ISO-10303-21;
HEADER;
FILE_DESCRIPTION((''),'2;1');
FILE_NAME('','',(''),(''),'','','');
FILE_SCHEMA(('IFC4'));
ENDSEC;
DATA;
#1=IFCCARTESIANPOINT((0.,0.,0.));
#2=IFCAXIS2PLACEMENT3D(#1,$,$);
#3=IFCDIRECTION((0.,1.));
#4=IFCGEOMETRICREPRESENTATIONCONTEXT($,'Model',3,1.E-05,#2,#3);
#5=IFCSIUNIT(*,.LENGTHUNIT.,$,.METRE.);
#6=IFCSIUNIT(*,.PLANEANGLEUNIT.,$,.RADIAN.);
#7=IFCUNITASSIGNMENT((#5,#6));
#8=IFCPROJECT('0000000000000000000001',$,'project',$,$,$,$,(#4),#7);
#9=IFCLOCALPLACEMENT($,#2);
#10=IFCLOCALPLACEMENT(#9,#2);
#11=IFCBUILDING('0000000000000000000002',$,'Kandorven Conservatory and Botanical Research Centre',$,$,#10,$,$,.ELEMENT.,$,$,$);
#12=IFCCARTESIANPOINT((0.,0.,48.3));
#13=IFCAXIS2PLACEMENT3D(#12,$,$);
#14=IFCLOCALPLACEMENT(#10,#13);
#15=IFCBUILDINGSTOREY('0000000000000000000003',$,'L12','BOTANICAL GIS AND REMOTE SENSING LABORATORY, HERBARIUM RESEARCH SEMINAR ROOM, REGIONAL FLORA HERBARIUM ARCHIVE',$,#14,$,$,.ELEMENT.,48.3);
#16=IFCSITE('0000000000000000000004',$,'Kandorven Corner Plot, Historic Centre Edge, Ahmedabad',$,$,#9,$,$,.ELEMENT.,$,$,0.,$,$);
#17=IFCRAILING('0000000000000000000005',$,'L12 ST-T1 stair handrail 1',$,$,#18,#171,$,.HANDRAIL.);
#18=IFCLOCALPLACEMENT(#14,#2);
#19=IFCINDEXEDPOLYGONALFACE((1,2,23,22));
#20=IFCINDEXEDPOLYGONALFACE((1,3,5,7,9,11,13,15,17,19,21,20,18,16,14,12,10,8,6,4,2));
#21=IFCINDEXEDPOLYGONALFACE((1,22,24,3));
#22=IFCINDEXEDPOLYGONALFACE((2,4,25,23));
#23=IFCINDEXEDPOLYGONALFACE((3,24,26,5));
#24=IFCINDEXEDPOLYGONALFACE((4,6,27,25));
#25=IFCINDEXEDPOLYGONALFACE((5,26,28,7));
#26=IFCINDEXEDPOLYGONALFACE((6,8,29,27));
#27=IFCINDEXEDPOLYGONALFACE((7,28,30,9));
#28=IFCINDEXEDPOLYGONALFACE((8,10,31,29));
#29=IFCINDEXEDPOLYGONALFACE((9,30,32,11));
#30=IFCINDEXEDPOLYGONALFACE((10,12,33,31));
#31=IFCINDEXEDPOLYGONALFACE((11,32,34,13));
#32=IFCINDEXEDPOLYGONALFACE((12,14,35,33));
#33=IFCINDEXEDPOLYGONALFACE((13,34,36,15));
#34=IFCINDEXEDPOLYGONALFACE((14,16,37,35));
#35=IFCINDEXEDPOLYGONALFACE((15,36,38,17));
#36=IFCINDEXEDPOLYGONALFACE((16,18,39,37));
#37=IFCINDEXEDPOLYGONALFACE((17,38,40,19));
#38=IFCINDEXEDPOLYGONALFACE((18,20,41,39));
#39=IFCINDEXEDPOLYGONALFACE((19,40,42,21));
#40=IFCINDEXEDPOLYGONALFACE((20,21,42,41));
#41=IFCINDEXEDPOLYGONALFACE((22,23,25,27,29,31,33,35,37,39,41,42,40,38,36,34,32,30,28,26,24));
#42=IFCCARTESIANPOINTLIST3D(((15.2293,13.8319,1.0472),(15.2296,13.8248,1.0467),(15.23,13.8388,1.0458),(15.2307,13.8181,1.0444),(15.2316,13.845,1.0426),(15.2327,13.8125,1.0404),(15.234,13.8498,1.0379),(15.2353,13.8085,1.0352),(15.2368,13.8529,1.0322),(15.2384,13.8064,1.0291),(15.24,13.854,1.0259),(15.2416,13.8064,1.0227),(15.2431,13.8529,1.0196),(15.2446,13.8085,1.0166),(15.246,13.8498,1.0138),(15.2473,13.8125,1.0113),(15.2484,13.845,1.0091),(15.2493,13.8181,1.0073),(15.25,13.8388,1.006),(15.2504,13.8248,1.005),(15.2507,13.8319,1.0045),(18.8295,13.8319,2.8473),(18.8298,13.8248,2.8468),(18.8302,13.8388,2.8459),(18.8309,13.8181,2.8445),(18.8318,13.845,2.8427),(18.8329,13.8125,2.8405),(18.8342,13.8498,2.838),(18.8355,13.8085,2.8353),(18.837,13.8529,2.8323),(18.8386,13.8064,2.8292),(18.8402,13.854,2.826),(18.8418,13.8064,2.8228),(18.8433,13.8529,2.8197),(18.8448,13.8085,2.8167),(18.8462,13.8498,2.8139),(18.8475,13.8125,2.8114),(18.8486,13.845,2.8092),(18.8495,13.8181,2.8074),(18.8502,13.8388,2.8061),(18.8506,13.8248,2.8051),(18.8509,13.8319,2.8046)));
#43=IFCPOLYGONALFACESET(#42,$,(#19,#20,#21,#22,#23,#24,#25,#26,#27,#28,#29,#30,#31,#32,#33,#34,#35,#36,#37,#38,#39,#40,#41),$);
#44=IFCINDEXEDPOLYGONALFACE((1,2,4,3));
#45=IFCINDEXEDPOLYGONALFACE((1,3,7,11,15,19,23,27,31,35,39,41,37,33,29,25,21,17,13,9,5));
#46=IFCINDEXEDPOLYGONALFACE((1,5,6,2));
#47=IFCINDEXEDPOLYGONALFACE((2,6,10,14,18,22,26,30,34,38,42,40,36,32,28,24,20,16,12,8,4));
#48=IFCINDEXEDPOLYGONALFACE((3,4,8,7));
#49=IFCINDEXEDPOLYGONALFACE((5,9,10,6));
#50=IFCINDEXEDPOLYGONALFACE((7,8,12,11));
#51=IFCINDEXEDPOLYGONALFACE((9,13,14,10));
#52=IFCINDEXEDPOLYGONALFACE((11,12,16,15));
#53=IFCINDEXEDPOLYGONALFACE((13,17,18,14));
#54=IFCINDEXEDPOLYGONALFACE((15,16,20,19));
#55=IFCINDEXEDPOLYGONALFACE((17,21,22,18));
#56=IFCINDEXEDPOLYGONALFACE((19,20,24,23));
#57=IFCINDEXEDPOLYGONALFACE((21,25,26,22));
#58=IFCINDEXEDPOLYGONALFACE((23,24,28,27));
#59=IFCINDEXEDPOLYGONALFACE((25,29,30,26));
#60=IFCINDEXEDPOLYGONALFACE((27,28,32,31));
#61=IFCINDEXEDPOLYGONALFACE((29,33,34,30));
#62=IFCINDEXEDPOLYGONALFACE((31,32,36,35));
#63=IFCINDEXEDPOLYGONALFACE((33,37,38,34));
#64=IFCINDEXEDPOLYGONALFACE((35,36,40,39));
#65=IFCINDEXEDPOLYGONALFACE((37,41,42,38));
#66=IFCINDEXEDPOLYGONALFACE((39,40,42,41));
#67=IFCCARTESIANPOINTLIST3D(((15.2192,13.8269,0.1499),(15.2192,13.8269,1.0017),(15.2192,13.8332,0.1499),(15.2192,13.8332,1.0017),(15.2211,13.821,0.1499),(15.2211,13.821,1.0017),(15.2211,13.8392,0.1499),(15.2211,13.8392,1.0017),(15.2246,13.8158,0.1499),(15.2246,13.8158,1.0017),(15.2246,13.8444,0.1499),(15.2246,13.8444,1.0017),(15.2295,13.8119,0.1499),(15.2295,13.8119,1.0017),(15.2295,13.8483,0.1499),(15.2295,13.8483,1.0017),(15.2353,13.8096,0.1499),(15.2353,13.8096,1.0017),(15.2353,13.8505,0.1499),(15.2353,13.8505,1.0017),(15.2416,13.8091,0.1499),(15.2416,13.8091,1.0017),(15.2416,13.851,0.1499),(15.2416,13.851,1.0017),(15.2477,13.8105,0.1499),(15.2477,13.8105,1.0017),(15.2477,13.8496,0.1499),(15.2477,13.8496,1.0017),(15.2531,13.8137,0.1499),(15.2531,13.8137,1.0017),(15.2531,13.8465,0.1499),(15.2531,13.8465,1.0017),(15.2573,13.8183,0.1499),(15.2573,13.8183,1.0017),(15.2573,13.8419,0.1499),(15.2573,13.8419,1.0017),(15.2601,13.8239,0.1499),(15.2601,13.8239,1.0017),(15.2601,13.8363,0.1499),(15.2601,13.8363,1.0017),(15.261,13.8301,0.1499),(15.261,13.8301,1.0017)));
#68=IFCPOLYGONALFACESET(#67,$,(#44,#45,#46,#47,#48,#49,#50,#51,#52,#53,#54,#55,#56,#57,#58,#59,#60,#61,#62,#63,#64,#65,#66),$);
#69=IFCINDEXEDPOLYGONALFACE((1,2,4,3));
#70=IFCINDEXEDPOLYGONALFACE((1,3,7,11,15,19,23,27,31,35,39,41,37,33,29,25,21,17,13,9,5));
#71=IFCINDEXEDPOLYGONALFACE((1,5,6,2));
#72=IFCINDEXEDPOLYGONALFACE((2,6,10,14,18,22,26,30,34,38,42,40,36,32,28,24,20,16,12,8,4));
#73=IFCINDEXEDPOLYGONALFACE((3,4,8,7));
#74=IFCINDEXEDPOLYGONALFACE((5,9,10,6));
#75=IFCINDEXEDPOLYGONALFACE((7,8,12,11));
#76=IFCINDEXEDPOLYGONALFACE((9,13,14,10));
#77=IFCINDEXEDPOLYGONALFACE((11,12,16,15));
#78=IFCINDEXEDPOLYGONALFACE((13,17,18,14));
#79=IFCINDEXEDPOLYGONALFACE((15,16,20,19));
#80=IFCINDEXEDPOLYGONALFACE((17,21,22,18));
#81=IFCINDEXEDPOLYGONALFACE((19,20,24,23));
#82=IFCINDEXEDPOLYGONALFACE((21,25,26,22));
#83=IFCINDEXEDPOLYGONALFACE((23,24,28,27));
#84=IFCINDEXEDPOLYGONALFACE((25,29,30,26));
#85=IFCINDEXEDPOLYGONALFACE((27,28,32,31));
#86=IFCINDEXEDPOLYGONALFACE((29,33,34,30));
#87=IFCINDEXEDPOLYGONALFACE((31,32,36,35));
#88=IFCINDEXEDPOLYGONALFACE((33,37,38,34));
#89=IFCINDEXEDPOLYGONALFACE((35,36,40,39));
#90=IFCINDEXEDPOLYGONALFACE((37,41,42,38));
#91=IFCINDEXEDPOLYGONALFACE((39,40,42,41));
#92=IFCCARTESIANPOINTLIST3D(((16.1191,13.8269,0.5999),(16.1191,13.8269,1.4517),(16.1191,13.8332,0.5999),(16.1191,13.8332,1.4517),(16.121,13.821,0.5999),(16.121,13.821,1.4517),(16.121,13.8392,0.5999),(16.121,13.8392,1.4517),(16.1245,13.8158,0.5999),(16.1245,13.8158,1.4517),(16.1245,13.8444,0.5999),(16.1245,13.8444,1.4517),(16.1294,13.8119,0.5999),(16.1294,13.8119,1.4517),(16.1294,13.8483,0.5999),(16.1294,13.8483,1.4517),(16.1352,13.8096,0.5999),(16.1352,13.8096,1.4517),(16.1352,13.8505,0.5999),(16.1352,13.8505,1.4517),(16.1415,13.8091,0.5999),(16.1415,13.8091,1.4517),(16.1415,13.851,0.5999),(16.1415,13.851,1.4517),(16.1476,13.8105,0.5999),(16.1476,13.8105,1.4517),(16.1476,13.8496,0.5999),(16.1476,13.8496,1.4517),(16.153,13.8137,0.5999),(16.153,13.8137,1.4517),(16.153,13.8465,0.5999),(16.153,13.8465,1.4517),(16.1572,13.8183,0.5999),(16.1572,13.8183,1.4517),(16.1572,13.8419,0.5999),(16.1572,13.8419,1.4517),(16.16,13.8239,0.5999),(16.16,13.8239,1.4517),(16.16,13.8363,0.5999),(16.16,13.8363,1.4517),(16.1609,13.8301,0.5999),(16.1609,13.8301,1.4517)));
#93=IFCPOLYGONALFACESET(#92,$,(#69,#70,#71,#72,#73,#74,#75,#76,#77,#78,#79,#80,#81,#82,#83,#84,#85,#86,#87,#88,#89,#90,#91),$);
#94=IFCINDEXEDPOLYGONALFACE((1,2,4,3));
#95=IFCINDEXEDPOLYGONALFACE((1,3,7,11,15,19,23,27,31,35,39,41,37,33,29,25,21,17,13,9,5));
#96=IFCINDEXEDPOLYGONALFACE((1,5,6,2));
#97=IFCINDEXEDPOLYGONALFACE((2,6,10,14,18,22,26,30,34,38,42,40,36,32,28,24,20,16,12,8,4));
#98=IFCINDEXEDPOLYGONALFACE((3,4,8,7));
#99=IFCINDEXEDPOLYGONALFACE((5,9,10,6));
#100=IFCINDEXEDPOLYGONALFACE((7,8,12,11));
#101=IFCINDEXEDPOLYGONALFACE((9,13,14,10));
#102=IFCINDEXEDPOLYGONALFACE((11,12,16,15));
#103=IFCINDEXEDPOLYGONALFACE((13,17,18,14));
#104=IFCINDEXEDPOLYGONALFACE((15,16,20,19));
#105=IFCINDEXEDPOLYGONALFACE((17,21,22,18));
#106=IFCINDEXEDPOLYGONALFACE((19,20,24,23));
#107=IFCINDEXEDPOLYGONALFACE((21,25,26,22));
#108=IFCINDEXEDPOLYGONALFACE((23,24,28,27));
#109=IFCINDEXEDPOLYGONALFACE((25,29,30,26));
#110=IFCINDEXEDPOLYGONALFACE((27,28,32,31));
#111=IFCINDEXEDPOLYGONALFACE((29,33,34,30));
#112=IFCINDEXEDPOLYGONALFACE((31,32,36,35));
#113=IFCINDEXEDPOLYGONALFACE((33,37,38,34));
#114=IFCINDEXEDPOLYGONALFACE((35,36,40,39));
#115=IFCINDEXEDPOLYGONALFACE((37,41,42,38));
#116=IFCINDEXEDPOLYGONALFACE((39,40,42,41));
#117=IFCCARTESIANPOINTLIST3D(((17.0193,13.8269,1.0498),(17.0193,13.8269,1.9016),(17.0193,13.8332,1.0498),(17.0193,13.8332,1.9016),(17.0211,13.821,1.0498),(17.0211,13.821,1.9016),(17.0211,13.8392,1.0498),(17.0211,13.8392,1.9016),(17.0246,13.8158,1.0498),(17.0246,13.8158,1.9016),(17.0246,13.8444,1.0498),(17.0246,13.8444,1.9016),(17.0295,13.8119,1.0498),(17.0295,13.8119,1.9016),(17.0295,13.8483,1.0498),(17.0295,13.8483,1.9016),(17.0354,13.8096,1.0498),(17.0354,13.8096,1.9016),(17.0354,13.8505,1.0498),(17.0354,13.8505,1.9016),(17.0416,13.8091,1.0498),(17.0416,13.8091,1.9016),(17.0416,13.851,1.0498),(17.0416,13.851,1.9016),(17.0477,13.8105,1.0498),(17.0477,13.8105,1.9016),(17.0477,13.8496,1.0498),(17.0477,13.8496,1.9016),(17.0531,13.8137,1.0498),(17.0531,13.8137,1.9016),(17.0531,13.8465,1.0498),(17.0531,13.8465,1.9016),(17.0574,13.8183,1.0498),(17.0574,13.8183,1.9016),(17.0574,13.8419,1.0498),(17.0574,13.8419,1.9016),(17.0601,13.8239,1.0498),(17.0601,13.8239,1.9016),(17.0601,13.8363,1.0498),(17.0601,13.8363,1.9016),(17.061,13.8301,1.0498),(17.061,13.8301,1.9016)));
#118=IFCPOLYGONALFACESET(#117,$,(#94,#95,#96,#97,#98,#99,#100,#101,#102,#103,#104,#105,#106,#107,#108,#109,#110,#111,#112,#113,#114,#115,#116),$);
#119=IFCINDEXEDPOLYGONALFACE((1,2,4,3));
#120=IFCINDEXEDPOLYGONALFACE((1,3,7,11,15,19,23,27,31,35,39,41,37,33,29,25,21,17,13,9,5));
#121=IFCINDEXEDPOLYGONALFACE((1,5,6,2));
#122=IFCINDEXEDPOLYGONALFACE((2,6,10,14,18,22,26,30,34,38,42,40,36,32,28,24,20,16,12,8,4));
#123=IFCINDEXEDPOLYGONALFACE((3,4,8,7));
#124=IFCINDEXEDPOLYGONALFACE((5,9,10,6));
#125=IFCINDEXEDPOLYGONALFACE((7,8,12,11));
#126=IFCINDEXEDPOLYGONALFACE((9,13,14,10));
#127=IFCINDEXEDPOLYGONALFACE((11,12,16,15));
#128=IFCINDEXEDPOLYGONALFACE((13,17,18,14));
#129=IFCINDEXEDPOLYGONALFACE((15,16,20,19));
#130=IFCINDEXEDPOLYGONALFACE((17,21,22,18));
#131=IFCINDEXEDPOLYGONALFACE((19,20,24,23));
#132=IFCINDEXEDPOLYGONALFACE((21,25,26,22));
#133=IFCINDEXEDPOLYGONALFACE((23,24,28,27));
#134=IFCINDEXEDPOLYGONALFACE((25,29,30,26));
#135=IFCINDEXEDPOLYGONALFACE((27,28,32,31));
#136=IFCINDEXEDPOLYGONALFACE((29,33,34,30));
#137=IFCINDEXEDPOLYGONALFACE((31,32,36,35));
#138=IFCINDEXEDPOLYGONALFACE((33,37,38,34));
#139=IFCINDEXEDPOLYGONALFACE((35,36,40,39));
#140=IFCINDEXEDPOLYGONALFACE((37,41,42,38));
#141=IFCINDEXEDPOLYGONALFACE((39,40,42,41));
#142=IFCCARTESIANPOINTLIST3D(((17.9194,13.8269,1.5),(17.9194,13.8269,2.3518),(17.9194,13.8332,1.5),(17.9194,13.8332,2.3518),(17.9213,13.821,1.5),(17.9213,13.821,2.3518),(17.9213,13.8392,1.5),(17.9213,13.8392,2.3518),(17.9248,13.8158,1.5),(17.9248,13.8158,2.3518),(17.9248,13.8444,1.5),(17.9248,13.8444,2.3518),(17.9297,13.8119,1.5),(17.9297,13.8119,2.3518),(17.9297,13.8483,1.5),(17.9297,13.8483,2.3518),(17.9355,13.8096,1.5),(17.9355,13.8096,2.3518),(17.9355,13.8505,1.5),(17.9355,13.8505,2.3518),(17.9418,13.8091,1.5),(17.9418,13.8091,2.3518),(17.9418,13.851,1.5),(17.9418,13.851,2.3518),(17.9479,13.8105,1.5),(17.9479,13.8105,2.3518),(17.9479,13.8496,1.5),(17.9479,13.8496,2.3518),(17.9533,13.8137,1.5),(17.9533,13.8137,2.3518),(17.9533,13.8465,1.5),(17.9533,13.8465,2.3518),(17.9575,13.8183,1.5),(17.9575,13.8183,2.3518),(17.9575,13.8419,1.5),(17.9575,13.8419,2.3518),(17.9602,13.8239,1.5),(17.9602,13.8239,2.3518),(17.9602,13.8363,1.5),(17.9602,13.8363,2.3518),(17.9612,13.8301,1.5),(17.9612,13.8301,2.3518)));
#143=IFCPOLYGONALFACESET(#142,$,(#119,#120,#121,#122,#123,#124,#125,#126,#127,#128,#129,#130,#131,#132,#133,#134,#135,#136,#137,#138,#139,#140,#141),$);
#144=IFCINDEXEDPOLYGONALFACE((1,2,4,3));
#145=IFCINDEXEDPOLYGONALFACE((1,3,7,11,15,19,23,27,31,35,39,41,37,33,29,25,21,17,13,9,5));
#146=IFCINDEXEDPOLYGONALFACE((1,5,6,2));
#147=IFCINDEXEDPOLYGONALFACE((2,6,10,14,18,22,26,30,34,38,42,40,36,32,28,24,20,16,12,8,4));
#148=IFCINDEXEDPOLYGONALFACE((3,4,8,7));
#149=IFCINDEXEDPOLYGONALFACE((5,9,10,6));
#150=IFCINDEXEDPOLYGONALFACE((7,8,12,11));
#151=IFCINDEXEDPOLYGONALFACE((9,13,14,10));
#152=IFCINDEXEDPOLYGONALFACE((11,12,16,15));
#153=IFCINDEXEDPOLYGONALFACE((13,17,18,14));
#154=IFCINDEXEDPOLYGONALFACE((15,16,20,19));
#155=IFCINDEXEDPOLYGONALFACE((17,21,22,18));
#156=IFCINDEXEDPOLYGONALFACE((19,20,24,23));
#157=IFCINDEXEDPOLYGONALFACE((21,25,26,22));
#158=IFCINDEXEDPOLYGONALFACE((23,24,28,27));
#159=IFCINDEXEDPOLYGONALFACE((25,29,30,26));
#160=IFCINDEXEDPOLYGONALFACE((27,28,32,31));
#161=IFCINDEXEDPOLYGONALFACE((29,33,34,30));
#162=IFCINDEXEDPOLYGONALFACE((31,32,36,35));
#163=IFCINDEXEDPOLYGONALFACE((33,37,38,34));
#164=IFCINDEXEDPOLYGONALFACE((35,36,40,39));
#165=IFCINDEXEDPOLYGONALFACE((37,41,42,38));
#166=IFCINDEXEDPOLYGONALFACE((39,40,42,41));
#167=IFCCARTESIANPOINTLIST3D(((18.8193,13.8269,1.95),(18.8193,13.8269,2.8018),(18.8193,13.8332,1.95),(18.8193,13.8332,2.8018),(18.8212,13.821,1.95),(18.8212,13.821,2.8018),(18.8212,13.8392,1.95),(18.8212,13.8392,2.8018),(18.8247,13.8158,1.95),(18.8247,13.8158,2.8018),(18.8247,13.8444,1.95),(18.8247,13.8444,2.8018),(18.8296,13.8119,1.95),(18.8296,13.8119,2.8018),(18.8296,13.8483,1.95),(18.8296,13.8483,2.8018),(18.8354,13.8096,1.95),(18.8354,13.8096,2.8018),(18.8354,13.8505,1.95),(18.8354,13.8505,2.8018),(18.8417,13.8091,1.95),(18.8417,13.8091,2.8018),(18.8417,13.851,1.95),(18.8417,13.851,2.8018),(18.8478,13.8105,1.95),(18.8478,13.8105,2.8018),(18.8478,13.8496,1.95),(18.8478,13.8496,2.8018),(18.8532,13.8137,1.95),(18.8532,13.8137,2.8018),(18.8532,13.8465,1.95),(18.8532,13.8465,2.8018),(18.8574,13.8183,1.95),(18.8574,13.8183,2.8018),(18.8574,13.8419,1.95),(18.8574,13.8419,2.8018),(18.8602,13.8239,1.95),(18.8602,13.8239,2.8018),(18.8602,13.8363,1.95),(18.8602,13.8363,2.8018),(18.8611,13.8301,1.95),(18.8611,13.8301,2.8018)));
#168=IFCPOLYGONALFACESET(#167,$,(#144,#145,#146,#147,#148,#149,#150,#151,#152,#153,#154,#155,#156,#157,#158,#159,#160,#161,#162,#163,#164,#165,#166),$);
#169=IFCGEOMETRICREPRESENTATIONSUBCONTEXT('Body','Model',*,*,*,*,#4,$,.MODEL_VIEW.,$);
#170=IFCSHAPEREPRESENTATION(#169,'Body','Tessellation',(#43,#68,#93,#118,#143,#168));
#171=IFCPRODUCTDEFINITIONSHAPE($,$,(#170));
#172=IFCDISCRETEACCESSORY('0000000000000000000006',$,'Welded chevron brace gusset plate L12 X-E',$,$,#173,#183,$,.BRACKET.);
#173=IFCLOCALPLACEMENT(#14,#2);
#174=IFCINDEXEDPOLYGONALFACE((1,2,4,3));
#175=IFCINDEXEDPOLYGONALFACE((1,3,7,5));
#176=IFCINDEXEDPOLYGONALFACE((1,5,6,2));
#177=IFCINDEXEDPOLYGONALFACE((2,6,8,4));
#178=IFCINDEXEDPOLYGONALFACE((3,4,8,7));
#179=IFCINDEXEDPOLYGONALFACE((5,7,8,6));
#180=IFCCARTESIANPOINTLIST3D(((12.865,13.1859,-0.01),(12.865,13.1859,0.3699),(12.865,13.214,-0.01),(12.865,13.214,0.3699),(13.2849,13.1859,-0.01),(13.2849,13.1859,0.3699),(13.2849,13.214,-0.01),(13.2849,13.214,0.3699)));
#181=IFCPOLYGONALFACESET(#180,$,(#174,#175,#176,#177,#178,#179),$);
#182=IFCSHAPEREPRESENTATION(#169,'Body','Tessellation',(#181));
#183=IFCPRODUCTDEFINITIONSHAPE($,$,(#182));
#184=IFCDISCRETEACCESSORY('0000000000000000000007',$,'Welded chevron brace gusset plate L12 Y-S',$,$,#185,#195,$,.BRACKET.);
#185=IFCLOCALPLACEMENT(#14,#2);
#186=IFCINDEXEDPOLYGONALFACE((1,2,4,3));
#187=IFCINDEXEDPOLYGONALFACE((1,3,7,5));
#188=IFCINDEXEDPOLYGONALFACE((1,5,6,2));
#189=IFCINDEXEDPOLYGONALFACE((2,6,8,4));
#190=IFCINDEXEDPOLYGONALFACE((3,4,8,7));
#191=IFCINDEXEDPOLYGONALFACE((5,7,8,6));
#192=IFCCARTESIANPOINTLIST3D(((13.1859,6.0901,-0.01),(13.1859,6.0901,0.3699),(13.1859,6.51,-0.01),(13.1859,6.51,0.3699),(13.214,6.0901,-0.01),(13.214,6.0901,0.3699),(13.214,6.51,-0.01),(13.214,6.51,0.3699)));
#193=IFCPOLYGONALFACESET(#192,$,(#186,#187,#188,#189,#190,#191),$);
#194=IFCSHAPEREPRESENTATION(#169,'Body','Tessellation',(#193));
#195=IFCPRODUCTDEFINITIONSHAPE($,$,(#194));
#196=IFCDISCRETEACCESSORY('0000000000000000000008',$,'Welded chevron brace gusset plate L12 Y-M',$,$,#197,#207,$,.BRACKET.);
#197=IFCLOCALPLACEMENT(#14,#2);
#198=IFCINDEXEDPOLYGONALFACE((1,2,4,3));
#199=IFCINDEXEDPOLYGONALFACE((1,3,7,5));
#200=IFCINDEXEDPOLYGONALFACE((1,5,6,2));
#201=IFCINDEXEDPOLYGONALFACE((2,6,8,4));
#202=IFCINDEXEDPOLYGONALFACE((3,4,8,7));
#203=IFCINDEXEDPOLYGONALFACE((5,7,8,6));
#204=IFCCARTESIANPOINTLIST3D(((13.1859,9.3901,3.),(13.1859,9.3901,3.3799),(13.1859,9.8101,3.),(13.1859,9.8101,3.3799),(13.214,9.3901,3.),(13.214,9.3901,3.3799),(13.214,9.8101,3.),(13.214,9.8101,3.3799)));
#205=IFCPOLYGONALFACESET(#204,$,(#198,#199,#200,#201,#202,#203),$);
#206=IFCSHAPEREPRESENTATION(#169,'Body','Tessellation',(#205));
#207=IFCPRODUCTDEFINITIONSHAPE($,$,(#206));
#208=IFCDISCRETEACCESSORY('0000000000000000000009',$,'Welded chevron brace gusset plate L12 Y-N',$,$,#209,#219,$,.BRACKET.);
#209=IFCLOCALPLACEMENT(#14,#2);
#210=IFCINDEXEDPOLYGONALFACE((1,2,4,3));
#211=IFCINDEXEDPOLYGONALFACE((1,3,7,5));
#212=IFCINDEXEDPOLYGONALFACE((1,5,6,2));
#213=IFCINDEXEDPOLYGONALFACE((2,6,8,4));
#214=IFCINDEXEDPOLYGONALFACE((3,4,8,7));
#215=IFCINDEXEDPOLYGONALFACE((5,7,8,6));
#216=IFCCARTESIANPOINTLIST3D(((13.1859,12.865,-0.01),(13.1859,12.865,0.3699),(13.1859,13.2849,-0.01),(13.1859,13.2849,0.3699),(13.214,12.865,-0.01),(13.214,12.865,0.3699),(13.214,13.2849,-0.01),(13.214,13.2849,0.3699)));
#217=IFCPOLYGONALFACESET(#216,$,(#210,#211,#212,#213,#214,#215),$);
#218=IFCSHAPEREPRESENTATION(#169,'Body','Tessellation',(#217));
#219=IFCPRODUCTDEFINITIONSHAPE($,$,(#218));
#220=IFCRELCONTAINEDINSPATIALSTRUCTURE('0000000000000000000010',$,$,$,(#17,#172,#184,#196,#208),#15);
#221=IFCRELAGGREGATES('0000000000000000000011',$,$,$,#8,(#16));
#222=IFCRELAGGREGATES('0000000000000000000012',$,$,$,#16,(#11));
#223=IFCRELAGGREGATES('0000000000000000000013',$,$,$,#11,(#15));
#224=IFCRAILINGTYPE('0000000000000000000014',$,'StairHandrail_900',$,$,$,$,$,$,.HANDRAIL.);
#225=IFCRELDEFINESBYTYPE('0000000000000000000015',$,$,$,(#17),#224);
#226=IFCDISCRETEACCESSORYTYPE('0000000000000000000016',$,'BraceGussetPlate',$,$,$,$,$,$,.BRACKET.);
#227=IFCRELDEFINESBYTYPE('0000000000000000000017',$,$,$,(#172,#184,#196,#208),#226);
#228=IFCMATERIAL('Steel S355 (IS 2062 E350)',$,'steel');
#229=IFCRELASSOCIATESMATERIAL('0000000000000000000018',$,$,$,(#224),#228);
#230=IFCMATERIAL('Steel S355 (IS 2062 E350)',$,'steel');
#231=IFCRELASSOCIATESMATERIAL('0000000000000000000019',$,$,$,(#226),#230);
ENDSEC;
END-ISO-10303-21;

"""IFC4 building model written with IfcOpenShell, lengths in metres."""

from ifc_helpers import new_model, si_unit, direction, frame, origin, origin_2d, place, context, subcontext, project, spatial, rectangle, circle, extrude, material, type_object, element, save


model = new_model("IFC4")

# Units and contexts
model_context = context("Model", 3, precision=1e-05, world=origin(), true_north=direction((0.0, 1.0)))
body_context = subcontext(model_context, "Body", "Model", "MODEL_VIEW")
ifc_project = project(units=[si_unit("LENGTHUNIT", "METRE"), si_unit("PLANEANGLEUNIT", "RADIAN")], contexts=[model_context])

# Site, building, storey
site_placement = place(None, origin())
site = spatial("IfcSite", under=ifc_project, at=site_placement, Name="Kandorven Corner Plot, Historic Centre Edge, Ahmedabad", CompositionType="ELEMENT", RefElevation=0.0)
building_placement = place(site_placement, origin())
building = spatial("IfcBuilding", under=site, at=building_placement, Name="Kandorven Conservatory and Botanical Research Centre", CompositionType="ELEMENT")
storey_placement = place(building_placement, frame((0.0, 0.0, 48.3)))
storey = spatial("IfcBuildingStorey", under=building, at=storey_placement, Name="L12", Description="BOTANICAL GIS AND REMOTE SENSING LABORATORY, HERBARIUM RESEARCH SEMINAR ROOM, REGIONAL FLORA HERBARIUM ARCHIVE", CompositionType="ELEMENT", Elevation=48.3)

# Railing
ifc_material_1 = material(Name="Steel S355 (IS 2062 E350)", Category="steel")
railing_type_1 = type_object("IfcRailingType", Name="StairHandrail_900", PredefinedType="HANDRAIL", material=ifc_material_1)
railing_1_placement = place(storey_placement, frame((15.24, 13.8301, 0.1499)))
element("IfcRailing", 1, at=railing_1_placement, inside=storey, type_object=railing_type_1, Name="L12 ST-T1 stair handrail 1", PredefinedType="HANDRAIL", context=body_context, shape_type="SweptSolid", body=[
    extrude(circle(Radius=0.0239, at=origin_2d()), frame((0.0, 0.0, 0.876), z_axis=(0.894427, 0.0, 0.447214), x_axis=(0.0, 1.0, 0.0)), (0.0, 0.0, 1.0), 4.0251),
    extrude(circle(Radius=0.021, at=origin_2d()), origin(), (0.0, 0.0, 1.0), 0.8518),
    extrude(circle(Radius=0.021, at=origin_2d()), frame((0.8999, 0.0, 0.45)), (0.0, 0.0, 1.0), 0.8518),
    extrude(circle(Radius=0.021, at=origin_2d()), frame((1.8, 0.0, 0.8999)), (0.0, 0.0, 1.0), 0.8518),
    extrude(circle(Radius=0.021, at=origin_2d()), frame((2.7002, 0.0, 1.3501)), (0.0, 0.0, 1.0), 0.8518),
    extrude(circle(Radius=0.021, at=origin_2d()), frame((3.6001, 0.0, 1.8)), (0.0, 0.0, 1.0), 0.8518),
])

# Discrete accessories
ifc_material_2 = material(Name="Steel S355 (IS 2062 E350)", Category="steel")
discrete_accessory_type = type_object("IfcDiscreteAccessoryType", Name="BraceGussetPlate", PredefinedType="BRACKET", material=ifc_material_2)
discrete_accessory_placement = place(storey_placement, frame((13.075, 13.2, -0.01), z_axis=(0.0, 0.0, 1.0), x_axis=(1.0, 0.0, 0.0)))
element("IfcDiscreteAccessory", 2, at=discrete_accessory_placement, inside=storey, type_object=discrete_accessory_type, Name="Welded chevron brace gusset plate L12 X-E", PredefinedType="BRACKET", context=body_context, shape_type="SweptSolid", body=[
    extrude(rectangle(XDim=0.4199, YDim=0.0281, at=origin_2d()), origin(), (0.0, 0.0, 1.0), 0.3799),
])
for number, where, z_axis, x_axis, name in (
    (3, (13.2, 6.3, -0.01), (0.0, 0.0, 1.0), (1.0, 0.0, 0.0), "Welded chevron brace gusset plate L12 Y-S"),
    (4, (13.2, 9.6001, 3.0), (0.0, 0.0, 1.0), (1.0, 0.0, 0.0), "Welded chevron brace gusset plate L12 Y-M"),
    (5, (13.2, 13.075, -0.01), (0.0, 0.0, 1.0), (1.0, 0.0, 0.0), "Welded chevron brace gusset plate L12 Y-N"),
):
    element("IfcDiscreteAccessory", number, at=place(storey_placement, frame(where, z_axis=z_axis, x_axis=x_axis)), inside=storey, type_object=discrete_accessory_type, Name=name, PredefinedType="BRACKET", context=body_context, shape_type="SweptSolid", body=[
        extrude(rectangle(XDim=0.0281, YDim=0.4199, at=origin_2d()), origin(), (0.0, 0.0, 1.0), 0.3799),
    ])

save(model, "model.ifc")
